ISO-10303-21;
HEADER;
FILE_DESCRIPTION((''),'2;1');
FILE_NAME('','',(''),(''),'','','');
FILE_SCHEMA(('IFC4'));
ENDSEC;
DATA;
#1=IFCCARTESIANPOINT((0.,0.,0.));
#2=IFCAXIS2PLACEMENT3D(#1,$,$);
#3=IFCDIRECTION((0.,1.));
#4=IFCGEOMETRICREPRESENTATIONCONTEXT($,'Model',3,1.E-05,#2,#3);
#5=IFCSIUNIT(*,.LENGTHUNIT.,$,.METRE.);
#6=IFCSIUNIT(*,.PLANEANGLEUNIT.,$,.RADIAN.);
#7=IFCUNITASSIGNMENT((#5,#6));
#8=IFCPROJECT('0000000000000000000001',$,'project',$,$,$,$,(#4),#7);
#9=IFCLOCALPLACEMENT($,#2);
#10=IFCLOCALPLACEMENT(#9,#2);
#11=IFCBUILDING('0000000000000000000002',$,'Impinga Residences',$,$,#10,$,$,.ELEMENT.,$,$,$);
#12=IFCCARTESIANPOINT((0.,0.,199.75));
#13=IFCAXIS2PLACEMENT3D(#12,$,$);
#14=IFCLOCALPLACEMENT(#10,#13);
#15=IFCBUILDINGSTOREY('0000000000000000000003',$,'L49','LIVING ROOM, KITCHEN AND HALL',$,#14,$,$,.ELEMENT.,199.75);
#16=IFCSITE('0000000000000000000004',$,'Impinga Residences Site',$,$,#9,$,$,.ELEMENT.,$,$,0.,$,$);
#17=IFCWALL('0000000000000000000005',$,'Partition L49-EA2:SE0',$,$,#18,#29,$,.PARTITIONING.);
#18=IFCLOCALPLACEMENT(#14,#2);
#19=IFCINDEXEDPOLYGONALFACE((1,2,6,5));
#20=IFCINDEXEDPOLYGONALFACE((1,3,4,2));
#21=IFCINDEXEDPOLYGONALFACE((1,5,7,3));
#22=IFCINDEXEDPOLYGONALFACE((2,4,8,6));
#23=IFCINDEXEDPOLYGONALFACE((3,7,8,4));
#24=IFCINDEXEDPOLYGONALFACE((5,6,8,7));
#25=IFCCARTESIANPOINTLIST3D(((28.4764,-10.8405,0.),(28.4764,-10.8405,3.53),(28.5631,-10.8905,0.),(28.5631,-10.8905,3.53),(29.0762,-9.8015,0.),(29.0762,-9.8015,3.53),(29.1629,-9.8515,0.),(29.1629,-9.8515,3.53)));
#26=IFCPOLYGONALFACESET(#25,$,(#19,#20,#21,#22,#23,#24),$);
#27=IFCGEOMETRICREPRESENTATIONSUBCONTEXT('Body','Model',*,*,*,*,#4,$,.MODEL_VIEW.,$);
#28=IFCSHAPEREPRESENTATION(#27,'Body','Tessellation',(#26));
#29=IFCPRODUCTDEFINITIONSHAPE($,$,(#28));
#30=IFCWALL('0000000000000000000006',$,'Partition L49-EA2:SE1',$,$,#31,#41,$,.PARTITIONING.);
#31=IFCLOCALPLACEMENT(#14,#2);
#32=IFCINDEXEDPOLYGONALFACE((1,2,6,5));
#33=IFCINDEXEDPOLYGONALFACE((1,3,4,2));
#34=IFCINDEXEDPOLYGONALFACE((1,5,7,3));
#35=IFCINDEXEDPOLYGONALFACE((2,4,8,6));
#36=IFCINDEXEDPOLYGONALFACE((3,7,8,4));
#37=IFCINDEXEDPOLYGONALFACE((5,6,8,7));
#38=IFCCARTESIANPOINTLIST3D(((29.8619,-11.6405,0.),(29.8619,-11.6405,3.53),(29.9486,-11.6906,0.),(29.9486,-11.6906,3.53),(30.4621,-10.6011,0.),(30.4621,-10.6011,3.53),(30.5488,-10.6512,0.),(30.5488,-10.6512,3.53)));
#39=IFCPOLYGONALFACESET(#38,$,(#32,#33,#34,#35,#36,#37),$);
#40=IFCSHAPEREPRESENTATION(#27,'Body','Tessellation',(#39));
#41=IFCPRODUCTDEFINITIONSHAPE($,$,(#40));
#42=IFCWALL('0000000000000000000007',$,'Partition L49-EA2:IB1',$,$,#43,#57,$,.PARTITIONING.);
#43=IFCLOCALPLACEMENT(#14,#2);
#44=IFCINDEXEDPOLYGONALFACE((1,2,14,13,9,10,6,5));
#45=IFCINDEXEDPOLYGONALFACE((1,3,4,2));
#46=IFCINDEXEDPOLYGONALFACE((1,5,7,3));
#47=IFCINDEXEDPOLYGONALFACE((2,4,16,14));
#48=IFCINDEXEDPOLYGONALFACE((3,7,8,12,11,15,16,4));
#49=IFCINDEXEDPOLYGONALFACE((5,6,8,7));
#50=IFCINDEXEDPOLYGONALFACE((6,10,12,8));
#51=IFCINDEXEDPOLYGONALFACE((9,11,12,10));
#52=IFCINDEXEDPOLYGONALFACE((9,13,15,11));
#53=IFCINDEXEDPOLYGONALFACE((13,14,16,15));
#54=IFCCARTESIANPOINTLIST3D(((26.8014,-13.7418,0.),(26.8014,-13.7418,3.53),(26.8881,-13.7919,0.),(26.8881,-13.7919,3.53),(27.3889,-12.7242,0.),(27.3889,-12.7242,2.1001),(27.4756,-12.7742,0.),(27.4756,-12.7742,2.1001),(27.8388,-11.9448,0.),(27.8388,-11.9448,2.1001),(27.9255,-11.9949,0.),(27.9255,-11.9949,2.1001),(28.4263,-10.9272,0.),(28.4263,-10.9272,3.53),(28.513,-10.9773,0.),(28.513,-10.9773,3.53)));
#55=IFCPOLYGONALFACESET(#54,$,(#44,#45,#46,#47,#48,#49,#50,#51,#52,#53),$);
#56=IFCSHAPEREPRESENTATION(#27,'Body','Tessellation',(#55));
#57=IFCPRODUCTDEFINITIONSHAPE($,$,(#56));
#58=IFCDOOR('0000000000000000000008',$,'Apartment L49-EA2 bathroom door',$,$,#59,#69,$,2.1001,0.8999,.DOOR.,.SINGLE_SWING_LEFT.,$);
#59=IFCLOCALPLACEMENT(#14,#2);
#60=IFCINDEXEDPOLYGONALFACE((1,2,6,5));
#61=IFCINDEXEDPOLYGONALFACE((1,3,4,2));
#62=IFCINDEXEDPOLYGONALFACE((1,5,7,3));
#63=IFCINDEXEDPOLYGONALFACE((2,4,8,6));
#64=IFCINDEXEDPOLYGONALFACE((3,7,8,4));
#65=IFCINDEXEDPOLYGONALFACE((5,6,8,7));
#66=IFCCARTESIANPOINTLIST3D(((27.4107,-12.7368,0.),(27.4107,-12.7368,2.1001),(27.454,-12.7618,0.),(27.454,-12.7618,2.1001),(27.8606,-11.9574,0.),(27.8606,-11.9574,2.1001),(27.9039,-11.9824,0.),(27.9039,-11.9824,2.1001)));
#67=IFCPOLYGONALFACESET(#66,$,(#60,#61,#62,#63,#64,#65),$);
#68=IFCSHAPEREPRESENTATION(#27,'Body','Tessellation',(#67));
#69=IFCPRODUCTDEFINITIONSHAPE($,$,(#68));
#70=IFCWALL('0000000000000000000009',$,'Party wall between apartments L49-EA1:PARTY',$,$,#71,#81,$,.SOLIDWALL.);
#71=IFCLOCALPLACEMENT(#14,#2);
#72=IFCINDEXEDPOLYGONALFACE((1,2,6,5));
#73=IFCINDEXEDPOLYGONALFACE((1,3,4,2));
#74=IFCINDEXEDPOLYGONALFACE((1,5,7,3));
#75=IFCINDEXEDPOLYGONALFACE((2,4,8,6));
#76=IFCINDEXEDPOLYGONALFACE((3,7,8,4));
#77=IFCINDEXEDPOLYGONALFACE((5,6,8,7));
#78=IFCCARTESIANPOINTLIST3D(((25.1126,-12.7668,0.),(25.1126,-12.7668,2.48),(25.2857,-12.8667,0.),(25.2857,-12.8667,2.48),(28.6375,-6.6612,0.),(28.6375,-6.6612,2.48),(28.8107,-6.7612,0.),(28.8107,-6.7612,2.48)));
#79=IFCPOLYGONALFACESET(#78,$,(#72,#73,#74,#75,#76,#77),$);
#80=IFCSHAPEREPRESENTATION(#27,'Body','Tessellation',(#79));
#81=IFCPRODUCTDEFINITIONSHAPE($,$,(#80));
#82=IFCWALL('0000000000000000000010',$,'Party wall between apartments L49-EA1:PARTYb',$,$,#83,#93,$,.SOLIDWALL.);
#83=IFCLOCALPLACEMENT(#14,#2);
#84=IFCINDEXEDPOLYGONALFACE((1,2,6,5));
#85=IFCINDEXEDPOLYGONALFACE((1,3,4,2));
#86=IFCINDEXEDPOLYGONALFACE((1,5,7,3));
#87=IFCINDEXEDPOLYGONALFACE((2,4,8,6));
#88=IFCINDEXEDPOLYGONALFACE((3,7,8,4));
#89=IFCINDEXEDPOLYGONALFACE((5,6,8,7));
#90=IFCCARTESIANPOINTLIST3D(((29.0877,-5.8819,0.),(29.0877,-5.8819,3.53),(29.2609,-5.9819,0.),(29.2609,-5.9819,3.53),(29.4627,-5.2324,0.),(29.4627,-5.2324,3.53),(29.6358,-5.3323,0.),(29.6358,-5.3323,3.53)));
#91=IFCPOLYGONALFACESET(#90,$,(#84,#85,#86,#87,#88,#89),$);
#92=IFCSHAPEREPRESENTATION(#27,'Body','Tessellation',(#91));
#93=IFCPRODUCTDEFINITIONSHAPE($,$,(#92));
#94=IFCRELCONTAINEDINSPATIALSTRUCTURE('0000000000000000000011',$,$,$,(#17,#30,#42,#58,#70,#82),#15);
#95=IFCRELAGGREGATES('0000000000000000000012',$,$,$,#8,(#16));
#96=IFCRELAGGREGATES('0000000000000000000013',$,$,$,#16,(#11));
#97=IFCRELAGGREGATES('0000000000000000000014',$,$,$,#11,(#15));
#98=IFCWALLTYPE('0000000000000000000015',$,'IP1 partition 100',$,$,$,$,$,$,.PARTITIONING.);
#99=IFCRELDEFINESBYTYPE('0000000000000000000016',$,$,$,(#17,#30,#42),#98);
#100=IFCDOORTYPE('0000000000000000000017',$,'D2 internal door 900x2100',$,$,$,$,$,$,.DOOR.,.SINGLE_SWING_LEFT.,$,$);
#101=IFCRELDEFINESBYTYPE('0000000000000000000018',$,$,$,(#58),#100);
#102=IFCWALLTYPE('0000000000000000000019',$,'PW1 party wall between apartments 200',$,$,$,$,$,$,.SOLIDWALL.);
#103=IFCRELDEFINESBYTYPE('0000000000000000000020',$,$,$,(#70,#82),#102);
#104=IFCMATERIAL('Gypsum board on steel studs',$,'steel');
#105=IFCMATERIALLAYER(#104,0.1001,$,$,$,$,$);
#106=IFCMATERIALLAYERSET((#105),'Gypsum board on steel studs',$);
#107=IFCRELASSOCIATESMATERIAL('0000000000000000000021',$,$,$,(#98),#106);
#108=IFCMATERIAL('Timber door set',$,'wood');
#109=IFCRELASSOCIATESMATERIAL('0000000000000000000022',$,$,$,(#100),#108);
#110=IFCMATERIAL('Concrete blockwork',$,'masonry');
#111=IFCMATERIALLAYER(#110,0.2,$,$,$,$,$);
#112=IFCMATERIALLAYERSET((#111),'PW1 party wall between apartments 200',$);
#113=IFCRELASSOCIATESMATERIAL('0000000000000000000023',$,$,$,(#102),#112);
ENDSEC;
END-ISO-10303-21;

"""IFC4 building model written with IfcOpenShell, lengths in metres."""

from ifc_helpers import new_model, si_unit, direction, frame, frame_2d, origin, place, context, subcontext, project, spatial, rectangle, extrude, material, layer, layer_set, type_object, element, fill, save


model = new_model("IFC4")

# Units and contexts
model_context = context("Model", 3, precision=1e-05, world=origin(), true_north=direction((0.0, 1.0)))
body_context = subcontext(model_context, "Body", "Model", "MODEL_VIEW")
ifc_project = project(units=[si_unit("LENGTHUNIT", "METRE"), si_unit("PLANEANGLEUNIT", "RADIAN")], contexts=[model_context])

# Site, building, storey
site_placement = place(None, origin())
site = spatial("IfcSite", under=ifc_project, at=site_placement, Name="Impinga Residences Site", CompositionType="ELEMENT", RefElevation=0.0)
building_placement = place(site_placement, origin())
building = spatial("IfcBuilding", under=site, at=building_placement, Name="Impinga Residences", CompositionType="ELEMENT")
storey_placement = place(building_placement, frame((0.0, 0.0, 199.75)))
storey = spatial("IfcBuildingStorey", under=building, at=storey_placement, Name="L49", Description="LIVING ROOM, KITCHEN AND HALL", CompositionType="ELEMENT", Elevation=199.75)

# Shared definitions
ifc_material_1 = material(Name="Concrete blockwork", Category="masonry")
ifc_material_2 = material(Name="Timber door set", Category="wood")

# Shared definitions
ifc_material_3 = material(Name="Gypsum board on steel studs", Category="steel")
ifc_layer_1 = layer(ifc_material_3, 0.1001)
ifc_layer_set_1 = layer_set([ifc_layer_1], Name="Gypsum board on steel studs")
wall_type_1 = type_object("IfcWallType", Name="IP1 partition 100", PredefinedType="PARTITIONING", material=ifc_layer_set_1)

# Shared definitions
door_type_1 = type_object("IfcDoorType", Name="D2 internal door 900x2100", OperationType="SINGLE_SWING_LEFT", PredefinedType="DOOR", material=ifc_material_2)

# Walls
wall_1_placement = place(storey_placement, frame((28.5198, -10.8655, 0.0), z_axis=(0.0, 0.0, 1.0), x_axis=(0.499969, 0.866043, 0.0)))
element("IfcWall", 1, at=wall_1_placement, inside=storey, type_object=wall_type_1, Name="Partition L49-EA2:SE0", PredefinedType="PARTITIONING", context=body_context, shape_type="SweptSolid", body=[
    extrude(rectangle(XDim=1.1997, YDim=0.1001, at=frame_2d((0.5999, 0.0))), origin(), (0.0, 0.0, 1.0), 3.53),
])
wall_2_placement = place(storey_placement, frame((29.9053, -11.6655, 0.0), z_axis=(0.0, 0.0, 1.0), x_axis=(0.500034, 0.866006, 0.0)))
element("IfcWall", 2, at=wall_2_placement, inside=storey, type_object=wall_type_1, Name="Partition L49-EA2:SE1", PredefinedType="PARTITIONING", context=body_context, shape_type="SweptSolid", body=[
    extrude(rectangle(XDim=1.2002, YDim=0.1001, at=frame_2d((0.6001, 0.0))), origin(), (0.0, 0.0, 1.0), 3.53),
])

# Wall, opening, door
wall_3_placement = place(storey_placement, frame((26.8447, -13.7668, 0.0), z_axis=(0.0, 0.0, 1.0), x_axis=(0.499985, 0.866034, 0.0)))
wall_3 = element("IfcWall", 3, at=wall_3_placement, inside=storey, type_object=wall_type_1, Name="Partition L49-EA2:IB1", PredefinedType="PARTITIONING", context=body_context, shape_type="SweptSolid", body=[
    extrude(rectangle(XDim=3.25, YDim=0.1001, at=frame_2d((1.625, 0.0))), origin(), (0.0, 0.0, 1.0), 3.53),
])
opening_1_placement = place(wall_3_placement, frame((1.175, 0.0, 0.0)))
opening_1 = element("IfcOpeningElement", 4, at=opening_1_placement, cuts=wall_3, PredefinedType="OPENING", context=body_context, shape_type="SweptSolid", body=[
    extrude(rectangle(XDim=0.8999, YDim=2.1001, at=frame_2d((0.45, 1.05))), frame((0.0, 0.0601, 0.0), z_axis=(0.0, -1.0, 0.0), x_axis=(1.0, 0.0, 0.0)), (0.0, 0.0, 1.0), 0.1201),
])
door_1_placement = place(opening_1_placement, origin())
door_1 = element("IfcDoor", 5, at=door_1_placement, inside=storey, type_object=door_type_1, Name="Apartment L49-EA2 bathroom door", OperationType="SINGLE_SWING_LEFT", OverallHeight=2.1001, OverallWidth=0.8999, PredefinedType="DOOR", context=body_context, shape_type="SweptSolid", body=[
    extrude(rectangle(XDim=0.8999, YDim=2.1001, at=frame_2d((0.45, 1.05))), frame((0.0, 0.0249, 0.0), z_axis=(0.0, -1.0, 0.0), x_axis=(1.0, 0.0, 0.0)), (0.0, 0.0, 1.0), 0.05),
])
fill(opening_1, door_1)

# Walls
ifc_layer_2 = layer(ifc_material_1, 0.2)
ifc_layer_set_2 = layer_set([ifc_layer_2], Name="PW1 party wall between apartments 200")
wall_type_2 = type_object("IfcWallType", Name="PW1 party wall between apartments 200", PredefinedType="SOLIDWALL", material=ifc_layer_set_2)
wall_4_placement = place(storey_placement, frame((25.1992, -12.8167, 0.0), z_axis=(0.0, 0.0, 1.0), x_axis=(0.49999, 0.866031, 0.0)))
element("IfcWall", 6, at=wall_4_placement, inside=storey, type_object=wall_type_2, Name="Party wall between apartments L49-EA1:PARTY", PredefinedType="SOLIDWALL", context=body_context, shape_type="SweptSolid", body=[
    extrude(rectangle(XDim=7.05, YDim=0.2, at=frame_2d((3.5249, 0.0))), origin(), (0.0, 0.0, 1.0), 2.48),
])
wall_5_placement = place(storey_placement, frame((29.1743, -5.9319, 0.0), z_axis=(0.0, 0.0, 1.0), x_axis=(0.49992, 0.866072, 0.0)))
element("IfcWall", 7, at=wall_5_placement, inside=storey, type_object=wall_type_2, Name="Party wall between apartments L49-EA1:PARTYb", PredefinedType="SOLIDWALL", context=body_context, shape_type="SweptSolid", body=[
    extrude(rectangle(XDim=0.75, YDim=0.2, at=frame_2d((0.375, 0.0))), origin(), (0.0, 0.0, 1.0), 3.53),
])

save(model, "model.ifc")
